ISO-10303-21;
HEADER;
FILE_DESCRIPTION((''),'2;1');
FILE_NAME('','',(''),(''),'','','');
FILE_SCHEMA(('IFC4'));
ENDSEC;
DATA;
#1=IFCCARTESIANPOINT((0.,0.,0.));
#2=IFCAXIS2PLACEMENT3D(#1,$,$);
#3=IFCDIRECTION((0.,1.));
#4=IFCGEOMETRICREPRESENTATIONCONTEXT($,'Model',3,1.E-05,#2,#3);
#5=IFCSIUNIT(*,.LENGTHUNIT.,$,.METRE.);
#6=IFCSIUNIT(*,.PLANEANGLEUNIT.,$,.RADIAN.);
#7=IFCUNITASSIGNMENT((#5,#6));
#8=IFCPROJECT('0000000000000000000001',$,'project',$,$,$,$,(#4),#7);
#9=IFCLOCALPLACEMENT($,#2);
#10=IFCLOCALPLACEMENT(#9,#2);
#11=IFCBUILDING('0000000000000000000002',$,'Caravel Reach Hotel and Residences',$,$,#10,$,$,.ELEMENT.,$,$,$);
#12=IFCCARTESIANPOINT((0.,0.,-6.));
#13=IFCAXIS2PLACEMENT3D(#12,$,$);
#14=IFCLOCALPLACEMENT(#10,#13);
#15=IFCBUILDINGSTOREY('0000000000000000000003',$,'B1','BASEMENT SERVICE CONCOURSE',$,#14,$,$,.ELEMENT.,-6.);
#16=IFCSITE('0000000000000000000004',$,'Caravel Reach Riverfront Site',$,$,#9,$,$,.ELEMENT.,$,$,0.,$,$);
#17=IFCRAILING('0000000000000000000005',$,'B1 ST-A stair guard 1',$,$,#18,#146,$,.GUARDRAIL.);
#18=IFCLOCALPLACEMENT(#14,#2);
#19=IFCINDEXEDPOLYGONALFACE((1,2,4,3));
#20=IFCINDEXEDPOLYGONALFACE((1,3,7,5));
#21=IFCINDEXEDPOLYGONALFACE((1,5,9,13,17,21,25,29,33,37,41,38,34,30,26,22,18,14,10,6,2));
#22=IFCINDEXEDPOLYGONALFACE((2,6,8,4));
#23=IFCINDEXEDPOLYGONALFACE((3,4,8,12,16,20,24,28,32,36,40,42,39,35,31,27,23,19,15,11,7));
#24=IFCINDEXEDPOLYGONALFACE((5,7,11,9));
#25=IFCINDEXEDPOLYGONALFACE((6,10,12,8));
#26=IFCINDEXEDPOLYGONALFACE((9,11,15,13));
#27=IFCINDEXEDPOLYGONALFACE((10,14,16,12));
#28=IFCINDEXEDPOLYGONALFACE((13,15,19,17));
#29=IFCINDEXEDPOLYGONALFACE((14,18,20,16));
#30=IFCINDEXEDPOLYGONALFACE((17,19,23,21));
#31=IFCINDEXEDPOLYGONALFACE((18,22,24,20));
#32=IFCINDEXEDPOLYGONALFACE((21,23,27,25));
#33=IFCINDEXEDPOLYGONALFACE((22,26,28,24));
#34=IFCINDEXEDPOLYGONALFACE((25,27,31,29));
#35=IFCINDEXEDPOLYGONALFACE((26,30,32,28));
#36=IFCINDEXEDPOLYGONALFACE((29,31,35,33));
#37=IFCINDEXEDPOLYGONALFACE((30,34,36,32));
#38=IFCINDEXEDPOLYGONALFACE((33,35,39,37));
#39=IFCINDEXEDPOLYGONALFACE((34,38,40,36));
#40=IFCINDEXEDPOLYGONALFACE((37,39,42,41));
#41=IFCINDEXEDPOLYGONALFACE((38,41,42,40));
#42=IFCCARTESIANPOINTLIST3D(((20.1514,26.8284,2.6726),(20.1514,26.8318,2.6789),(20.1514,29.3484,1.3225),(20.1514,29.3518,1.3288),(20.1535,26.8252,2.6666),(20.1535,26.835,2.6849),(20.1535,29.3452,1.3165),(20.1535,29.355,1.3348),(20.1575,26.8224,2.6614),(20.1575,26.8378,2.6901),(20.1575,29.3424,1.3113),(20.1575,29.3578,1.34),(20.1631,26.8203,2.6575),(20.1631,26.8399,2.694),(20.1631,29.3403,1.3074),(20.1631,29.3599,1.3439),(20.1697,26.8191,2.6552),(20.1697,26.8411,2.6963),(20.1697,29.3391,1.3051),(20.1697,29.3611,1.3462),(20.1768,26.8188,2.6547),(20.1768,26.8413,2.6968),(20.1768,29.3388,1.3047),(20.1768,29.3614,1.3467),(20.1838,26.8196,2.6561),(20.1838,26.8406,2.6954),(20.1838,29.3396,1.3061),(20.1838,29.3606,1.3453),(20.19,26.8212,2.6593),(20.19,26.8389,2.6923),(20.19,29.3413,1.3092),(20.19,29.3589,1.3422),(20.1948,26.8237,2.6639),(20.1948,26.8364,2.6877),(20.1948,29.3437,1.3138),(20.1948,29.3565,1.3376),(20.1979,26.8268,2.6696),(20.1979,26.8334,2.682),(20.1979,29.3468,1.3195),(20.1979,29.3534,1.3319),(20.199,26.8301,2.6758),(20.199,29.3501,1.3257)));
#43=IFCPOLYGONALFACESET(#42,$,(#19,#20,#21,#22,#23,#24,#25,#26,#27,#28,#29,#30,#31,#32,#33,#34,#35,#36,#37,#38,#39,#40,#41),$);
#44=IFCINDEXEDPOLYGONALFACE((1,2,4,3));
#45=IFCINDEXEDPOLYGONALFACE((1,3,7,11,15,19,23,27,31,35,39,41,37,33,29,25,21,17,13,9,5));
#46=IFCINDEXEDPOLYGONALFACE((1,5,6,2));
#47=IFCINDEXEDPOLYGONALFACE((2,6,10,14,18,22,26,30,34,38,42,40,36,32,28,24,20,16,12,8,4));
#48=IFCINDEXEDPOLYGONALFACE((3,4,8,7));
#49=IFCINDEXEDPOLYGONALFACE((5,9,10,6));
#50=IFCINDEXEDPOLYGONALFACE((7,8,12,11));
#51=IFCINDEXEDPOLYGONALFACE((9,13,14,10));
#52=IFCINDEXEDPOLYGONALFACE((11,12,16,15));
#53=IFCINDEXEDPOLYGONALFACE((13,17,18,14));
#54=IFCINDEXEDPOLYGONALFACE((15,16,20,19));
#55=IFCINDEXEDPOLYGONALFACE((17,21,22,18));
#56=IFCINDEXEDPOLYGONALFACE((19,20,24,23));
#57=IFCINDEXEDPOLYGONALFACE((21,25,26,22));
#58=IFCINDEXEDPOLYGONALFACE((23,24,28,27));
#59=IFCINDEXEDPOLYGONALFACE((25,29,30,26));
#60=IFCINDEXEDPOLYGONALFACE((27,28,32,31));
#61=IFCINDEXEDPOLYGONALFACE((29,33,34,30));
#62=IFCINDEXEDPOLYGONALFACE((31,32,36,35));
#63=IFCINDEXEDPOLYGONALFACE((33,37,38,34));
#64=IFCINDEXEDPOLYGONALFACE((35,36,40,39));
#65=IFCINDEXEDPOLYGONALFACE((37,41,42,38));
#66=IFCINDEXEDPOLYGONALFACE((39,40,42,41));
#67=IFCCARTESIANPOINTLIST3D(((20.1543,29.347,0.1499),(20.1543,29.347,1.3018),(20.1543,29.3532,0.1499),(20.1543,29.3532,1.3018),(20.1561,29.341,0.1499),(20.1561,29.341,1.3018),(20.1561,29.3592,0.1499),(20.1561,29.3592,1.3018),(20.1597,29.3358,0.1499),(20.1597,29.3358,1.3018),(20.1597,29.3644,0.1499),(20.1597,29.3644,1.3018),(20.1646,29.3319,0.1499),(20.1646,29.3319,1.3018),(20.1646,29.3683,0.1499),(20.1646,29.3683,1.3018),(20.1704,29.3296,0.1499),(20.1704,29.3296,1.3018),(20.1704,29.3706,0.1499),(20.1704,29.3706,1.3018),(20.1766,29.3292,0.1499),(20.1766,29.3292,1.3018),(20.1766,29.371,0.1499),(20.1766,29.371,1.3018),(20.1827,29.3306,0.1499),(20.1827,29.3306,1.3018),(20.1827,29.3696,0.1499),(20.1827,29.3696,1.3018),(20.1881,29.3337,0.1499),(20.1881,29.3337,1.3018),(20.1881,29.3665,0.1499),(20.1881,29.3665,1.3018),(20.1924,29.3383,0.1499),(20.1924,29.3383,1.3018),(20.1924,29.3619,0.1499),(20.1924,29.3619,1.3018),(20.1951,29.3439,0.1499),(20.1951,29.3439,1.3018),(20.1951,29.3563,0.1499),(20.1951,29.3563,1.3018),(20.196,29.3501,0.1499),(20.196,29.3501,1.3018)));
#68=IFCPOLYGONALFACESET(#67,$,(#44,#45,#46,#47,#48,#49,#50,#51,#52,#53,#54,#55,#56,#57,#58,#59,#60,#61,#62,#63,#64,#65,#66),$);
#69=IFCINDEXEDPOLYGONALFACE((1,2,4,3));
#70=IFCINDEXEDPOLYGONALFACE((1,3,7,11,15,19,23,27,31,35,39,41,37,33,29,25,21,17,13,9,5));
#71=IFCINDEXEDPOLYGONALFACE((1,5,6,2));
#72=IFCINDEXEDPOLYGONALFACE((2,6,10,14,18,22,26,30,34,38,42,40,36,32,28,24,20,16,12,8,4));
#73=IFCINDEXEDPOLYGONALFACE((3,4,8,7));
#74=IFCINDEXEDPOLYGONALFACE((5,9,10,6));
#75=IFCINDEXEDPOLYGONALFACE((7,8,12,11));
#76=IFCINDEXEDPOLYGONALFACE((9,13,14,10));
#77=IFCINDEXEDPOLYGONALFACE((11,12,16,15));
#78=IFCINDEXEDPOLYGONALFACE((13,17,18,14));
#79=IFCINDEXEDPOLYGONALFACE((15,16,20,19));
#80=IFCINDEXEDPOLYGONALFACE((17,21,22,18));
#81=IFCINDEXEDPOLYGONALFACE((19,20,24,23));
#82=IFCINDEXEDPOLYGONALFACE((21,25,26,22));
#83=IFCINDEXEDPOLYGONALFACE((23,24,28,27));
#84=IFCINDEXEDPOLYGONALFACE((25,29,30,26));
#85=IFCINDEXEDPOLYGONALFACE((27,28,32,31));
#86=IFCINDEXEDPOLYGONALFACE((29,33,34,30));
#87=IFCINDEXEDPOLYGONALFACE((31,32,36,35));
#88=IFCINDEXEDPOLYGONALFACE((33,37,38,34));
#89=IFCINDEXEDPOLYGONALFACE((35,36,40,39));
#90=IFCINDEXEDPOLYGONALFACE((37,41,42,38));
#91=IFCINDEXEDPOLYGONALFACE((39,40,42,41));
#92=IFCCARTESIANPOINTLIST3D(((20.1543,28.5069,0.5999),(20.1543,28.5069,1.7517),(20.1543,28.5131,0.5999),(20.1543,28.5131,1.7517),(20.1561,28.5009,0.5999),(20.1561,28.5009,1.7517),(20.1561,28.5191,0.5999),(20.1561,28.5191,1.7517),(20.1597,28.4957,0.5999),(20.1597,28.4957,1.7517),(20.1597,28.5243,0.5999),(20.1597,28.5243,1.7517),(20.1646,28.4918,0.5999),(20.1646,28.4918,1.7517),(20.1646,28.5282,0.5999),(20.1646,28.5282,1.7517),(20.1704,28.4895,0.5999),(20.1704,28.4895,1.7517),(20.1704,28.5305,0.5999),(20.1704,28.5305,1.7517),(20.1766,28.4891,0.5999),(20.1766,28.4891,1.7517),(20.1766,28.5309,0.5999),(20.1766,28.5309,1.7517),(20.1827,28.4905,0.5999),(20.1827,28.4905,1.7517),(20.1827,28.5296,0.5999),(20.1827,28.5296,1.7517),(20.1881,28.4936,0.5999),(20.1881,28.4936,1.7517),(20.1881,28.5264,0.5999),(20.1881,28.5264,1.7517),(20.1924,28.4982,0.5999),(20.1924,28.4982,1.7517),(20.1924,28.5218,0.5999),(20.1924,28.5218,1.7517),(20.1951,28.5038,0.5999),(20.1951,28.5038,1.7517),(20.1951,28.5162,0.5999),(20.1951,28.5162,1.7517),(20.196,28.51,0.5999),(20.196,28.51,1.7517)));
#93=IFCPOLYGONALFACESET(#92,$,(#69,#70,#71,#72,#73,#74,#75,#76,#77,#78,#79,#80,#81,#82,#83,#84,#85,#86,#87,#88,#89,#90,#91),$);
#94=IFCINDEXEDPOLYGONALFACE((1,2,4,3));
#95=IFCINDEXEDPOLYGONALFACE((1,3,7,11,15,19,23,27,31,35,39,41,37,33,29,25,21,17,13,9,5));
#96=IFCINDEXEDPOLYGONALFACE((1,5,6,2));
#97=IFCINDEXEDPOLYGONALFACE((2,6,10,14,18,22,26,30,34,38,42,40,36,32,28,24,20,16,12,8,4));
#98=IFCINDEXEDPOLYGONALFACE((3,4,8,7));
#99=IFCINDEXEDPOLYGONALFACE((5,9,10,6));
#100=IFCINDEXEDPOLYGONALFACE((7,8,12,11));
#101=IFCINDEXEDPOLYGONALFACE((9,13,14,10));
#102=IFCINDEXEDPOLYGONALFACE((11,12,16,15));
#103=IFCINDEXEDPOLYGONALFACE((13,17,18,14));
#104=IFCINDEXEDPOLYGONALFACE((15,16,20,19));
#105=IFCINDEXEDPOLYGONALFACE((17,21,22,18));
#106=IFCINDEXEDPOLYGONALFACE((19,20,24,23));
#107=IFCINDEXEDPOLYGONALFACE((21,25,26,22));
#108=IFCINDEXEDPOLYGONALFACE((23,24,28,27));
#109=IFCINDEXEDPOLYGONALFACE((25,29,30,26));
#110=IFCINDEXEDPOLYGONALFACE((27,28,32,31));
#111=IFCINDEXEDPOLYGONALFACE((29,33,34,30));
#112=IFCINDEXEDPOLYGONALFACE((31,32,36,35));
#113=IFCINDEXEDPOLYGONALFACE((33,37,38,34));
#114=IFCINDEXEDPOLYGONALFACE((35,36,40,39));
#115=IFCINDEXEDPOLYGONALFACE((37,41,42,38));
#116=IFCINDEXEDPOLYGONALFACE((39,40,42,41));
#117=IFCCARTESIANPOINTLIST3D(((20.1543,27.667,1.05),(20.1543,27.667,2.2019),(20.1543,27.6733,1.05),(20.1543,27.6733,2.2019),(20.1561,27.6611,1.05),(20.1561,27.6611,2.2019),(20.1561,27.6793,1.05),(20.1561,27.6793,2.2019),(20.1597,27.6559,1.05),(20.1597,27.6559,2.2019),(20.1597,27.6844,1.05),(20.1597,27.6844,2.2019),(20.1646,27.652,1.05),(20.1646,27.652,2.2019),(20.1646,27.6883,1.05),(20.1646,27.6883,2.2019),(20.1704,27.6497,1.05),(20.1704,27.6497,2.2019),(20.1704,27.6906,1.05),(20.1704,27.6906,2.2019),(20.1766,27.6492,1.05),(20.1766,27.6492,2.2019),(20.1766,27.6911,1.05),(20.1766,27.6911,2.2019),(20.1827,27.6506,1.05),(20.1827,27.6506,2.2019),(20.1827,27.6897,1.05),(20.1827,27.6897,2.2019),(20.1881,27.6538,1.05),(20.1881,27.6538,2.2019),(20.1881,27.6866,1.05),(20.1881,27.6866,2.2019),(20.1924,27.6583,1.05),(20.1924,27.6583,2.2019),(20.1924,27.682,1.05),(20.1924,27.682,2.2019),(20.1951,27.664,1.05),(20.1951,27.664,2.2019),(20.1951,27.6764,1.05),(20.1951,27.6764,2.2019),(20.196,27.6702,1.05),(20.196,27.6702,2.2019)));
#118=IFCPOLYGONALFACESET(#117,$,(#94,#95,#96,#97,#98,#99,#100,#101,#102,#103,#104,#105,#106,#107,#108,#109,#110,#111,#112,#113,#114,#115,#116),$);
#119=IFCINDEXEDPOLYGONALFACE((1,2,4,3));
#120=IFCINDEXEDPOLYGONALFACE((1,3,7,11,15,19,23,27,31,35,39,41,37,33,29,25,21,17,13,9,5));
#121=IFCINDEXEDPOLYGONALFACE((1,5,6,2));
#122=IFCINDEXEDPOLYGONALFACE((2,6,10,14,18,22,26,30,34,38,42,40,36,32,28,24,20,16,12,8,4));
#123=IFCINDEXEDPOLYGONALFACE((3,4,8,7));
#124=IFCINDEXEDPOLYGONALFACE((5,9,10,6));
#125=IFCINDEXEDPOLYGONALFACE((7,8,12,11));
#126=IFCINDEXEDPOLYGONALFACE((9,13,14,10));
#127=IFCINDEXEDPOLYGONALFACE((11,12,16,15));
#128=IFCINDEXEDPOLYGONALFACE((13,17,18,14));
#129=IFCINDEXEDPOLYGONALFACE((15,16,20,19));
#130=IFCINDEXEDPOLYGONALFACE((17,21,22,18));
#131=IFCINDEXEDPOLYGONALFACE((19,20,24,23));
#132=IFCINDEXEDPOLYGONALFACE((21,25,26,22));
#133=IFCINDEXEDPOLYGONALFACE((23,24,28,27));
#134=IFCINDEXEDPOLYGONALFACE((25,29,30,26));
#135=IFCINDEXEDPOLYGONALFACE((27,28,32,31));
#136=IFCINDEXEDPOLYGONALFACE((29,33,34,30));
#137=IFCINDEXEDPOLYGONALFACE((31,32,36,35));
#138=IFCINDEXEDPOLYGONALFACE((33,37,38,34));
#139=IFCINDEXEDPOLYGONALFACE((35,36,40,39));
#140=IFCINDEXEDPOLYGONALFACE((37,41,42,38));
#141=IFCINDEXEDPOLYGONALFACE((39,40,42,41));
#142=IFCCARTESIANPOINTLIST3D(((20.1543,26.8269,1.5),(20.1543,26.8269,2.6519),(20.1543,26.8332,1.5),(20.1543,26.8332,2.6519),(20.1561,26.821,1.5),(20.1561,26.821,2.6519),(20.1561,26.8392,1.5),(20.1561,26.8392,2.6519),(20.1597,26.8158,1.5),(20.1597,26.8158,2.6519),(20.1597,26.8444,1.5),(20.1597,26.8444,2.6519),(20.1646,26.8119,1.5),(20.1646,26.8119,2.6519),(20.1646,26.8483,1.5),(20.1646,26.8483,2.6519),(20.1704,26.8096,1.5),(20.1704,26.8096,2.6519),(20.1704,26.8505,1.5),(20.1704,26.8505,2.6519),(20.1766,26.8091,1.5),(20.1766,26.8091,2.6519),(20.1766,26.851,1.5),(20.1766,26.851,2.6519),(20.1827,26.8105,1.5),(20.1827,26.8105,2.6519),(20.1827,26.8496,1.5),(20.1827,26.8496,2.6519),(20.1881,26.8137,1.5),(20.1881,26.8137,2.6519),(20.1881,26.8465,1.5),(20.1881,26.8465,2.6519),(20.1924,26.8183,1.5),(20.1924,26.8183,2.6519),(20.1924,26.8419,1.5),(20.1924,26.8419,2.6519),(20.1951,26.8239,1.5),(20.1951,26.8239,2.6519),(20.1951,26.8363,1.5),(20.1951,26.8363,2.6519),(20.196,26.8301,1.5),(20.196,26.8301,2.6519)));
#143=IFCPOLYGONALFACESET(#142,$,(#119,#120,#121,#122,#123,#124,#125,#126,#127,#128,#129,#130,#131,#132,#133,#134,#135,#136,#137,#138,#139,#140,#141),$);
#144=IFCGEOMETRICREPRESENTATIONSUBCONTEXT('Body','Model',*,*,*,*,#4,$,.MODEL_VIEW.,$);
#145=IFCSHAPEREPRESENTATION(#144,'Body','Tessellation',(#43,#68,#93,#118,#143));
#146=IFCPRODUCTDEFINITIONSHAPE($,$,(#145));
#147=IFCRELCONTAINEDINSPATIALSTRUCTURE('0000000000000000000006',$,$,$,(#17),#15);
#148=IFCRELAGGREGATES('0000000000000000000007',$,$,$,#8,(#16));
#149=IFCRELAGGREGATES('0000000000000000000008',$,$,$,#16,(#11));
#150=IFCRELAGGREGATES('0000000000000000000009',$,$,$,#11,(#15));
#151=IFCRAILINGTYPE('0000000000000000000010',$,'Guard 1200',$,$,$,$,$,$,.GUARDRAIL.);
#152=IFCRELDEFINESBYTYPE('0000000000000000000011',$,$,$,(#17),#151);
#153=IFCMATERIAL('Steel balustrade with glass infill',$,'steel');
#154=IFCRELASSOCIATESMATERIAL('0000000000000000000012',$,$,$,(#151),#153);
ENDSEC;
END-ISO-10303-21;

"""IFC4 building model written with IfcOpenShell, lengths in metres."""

from ifc_helpers import new_model, si_unit, direction, frame, origin, origin_2d, place, context, subcontext, project, spatial, circle, extrude, material, type_object, element, save


model = new_model("IFC4")

# Units and contexts
model_context = context("Model", 3, precision=1e-05, world=origin(), true_north=direction((0.0, 1.0)))
body_context = subcontext(model_context, "Body", "Model", "MODEL_VIEW")
ifc_project = project(units=[si_unit("LENGTHUNIT", "METRE"), si_unit("PLANEANGLEUNIT", "RADIAN")], contexts=[model_context])

# Site, building, storey
site_placement = place(None, origin())
site = spatial("IfcSite", under=ifc_project, at=site_placement, Name="Caravel Reach Riverfront Site", CompositionType="ELEMENT", RefElevation=0.0)
building_placement = place(site_placement, origin())
building = spatial("IfcBuilding", under=site, at=building_placement, Name="Caravel Reach Hotel and Residences", CompositionType="ELEMENT")
storey_placement = place(building_placement, frame((0.0, 0.0, -6.0)))
storey = spatial("IfcBuildingStorey", under=building, at=storey_placement, Name="B1", Description="BASEMENT SERVICE CONCOURSE", CompositionType="ELEMENT", Elevation=-6.0)

# Railing
ifc_material_1 = material(Name="Steel balustrade with glass infill", Category="steel")
railing_type_1 = type_object("IfcRailingType", Name="Guard 1200", PredefinedType="GUARDRAIL", material=ifc_material_1)
railing_placement = place(storey_placement, frame((20.175, 29.3501, 0.1499)))
element("IfcRailing", 1, at=railing_placement, inside=storey, type_object=railing_type_1, Name="B1 ST-A stair guard 1", PredefinedType="GUARDRAIL", context=body_context, shape_type="SweptSolid", body=[
    extrude(circle(Radius=0.0239, at=origin_2d()), frame((0.0, 0.0, 1.1758), z_axis=(0.0, -0.881467, 0.472245), x_axis=(1.0, 0.0, 0.0)), (0.0, 0.0, 1.0), 2.8589),
    extrude(circle(Radius=0.021, at=origin_2d()), origin(), (0.0, 0.0, 1.0), 1.1519),
    extrude(circle(Radius=0.021, at=origin_2d()), frame((0.0, -0.8401, 0.45)), (0.0, 0.0, 1.0), 1.1519),
    extrude(circle(Radius=0.021, at=origin_2d()), frame((0.0, -1.6799, 0.9001)), (0.0, 0.0, 1.0), 1.1519),
    extrude(circle(Radius=0.021, at=origin_2d()), frame((0.0, -2.52, 1.3501)), (0.0, 0.0, 1.0), 1.1519),
])

save(model, "model.ifc")
